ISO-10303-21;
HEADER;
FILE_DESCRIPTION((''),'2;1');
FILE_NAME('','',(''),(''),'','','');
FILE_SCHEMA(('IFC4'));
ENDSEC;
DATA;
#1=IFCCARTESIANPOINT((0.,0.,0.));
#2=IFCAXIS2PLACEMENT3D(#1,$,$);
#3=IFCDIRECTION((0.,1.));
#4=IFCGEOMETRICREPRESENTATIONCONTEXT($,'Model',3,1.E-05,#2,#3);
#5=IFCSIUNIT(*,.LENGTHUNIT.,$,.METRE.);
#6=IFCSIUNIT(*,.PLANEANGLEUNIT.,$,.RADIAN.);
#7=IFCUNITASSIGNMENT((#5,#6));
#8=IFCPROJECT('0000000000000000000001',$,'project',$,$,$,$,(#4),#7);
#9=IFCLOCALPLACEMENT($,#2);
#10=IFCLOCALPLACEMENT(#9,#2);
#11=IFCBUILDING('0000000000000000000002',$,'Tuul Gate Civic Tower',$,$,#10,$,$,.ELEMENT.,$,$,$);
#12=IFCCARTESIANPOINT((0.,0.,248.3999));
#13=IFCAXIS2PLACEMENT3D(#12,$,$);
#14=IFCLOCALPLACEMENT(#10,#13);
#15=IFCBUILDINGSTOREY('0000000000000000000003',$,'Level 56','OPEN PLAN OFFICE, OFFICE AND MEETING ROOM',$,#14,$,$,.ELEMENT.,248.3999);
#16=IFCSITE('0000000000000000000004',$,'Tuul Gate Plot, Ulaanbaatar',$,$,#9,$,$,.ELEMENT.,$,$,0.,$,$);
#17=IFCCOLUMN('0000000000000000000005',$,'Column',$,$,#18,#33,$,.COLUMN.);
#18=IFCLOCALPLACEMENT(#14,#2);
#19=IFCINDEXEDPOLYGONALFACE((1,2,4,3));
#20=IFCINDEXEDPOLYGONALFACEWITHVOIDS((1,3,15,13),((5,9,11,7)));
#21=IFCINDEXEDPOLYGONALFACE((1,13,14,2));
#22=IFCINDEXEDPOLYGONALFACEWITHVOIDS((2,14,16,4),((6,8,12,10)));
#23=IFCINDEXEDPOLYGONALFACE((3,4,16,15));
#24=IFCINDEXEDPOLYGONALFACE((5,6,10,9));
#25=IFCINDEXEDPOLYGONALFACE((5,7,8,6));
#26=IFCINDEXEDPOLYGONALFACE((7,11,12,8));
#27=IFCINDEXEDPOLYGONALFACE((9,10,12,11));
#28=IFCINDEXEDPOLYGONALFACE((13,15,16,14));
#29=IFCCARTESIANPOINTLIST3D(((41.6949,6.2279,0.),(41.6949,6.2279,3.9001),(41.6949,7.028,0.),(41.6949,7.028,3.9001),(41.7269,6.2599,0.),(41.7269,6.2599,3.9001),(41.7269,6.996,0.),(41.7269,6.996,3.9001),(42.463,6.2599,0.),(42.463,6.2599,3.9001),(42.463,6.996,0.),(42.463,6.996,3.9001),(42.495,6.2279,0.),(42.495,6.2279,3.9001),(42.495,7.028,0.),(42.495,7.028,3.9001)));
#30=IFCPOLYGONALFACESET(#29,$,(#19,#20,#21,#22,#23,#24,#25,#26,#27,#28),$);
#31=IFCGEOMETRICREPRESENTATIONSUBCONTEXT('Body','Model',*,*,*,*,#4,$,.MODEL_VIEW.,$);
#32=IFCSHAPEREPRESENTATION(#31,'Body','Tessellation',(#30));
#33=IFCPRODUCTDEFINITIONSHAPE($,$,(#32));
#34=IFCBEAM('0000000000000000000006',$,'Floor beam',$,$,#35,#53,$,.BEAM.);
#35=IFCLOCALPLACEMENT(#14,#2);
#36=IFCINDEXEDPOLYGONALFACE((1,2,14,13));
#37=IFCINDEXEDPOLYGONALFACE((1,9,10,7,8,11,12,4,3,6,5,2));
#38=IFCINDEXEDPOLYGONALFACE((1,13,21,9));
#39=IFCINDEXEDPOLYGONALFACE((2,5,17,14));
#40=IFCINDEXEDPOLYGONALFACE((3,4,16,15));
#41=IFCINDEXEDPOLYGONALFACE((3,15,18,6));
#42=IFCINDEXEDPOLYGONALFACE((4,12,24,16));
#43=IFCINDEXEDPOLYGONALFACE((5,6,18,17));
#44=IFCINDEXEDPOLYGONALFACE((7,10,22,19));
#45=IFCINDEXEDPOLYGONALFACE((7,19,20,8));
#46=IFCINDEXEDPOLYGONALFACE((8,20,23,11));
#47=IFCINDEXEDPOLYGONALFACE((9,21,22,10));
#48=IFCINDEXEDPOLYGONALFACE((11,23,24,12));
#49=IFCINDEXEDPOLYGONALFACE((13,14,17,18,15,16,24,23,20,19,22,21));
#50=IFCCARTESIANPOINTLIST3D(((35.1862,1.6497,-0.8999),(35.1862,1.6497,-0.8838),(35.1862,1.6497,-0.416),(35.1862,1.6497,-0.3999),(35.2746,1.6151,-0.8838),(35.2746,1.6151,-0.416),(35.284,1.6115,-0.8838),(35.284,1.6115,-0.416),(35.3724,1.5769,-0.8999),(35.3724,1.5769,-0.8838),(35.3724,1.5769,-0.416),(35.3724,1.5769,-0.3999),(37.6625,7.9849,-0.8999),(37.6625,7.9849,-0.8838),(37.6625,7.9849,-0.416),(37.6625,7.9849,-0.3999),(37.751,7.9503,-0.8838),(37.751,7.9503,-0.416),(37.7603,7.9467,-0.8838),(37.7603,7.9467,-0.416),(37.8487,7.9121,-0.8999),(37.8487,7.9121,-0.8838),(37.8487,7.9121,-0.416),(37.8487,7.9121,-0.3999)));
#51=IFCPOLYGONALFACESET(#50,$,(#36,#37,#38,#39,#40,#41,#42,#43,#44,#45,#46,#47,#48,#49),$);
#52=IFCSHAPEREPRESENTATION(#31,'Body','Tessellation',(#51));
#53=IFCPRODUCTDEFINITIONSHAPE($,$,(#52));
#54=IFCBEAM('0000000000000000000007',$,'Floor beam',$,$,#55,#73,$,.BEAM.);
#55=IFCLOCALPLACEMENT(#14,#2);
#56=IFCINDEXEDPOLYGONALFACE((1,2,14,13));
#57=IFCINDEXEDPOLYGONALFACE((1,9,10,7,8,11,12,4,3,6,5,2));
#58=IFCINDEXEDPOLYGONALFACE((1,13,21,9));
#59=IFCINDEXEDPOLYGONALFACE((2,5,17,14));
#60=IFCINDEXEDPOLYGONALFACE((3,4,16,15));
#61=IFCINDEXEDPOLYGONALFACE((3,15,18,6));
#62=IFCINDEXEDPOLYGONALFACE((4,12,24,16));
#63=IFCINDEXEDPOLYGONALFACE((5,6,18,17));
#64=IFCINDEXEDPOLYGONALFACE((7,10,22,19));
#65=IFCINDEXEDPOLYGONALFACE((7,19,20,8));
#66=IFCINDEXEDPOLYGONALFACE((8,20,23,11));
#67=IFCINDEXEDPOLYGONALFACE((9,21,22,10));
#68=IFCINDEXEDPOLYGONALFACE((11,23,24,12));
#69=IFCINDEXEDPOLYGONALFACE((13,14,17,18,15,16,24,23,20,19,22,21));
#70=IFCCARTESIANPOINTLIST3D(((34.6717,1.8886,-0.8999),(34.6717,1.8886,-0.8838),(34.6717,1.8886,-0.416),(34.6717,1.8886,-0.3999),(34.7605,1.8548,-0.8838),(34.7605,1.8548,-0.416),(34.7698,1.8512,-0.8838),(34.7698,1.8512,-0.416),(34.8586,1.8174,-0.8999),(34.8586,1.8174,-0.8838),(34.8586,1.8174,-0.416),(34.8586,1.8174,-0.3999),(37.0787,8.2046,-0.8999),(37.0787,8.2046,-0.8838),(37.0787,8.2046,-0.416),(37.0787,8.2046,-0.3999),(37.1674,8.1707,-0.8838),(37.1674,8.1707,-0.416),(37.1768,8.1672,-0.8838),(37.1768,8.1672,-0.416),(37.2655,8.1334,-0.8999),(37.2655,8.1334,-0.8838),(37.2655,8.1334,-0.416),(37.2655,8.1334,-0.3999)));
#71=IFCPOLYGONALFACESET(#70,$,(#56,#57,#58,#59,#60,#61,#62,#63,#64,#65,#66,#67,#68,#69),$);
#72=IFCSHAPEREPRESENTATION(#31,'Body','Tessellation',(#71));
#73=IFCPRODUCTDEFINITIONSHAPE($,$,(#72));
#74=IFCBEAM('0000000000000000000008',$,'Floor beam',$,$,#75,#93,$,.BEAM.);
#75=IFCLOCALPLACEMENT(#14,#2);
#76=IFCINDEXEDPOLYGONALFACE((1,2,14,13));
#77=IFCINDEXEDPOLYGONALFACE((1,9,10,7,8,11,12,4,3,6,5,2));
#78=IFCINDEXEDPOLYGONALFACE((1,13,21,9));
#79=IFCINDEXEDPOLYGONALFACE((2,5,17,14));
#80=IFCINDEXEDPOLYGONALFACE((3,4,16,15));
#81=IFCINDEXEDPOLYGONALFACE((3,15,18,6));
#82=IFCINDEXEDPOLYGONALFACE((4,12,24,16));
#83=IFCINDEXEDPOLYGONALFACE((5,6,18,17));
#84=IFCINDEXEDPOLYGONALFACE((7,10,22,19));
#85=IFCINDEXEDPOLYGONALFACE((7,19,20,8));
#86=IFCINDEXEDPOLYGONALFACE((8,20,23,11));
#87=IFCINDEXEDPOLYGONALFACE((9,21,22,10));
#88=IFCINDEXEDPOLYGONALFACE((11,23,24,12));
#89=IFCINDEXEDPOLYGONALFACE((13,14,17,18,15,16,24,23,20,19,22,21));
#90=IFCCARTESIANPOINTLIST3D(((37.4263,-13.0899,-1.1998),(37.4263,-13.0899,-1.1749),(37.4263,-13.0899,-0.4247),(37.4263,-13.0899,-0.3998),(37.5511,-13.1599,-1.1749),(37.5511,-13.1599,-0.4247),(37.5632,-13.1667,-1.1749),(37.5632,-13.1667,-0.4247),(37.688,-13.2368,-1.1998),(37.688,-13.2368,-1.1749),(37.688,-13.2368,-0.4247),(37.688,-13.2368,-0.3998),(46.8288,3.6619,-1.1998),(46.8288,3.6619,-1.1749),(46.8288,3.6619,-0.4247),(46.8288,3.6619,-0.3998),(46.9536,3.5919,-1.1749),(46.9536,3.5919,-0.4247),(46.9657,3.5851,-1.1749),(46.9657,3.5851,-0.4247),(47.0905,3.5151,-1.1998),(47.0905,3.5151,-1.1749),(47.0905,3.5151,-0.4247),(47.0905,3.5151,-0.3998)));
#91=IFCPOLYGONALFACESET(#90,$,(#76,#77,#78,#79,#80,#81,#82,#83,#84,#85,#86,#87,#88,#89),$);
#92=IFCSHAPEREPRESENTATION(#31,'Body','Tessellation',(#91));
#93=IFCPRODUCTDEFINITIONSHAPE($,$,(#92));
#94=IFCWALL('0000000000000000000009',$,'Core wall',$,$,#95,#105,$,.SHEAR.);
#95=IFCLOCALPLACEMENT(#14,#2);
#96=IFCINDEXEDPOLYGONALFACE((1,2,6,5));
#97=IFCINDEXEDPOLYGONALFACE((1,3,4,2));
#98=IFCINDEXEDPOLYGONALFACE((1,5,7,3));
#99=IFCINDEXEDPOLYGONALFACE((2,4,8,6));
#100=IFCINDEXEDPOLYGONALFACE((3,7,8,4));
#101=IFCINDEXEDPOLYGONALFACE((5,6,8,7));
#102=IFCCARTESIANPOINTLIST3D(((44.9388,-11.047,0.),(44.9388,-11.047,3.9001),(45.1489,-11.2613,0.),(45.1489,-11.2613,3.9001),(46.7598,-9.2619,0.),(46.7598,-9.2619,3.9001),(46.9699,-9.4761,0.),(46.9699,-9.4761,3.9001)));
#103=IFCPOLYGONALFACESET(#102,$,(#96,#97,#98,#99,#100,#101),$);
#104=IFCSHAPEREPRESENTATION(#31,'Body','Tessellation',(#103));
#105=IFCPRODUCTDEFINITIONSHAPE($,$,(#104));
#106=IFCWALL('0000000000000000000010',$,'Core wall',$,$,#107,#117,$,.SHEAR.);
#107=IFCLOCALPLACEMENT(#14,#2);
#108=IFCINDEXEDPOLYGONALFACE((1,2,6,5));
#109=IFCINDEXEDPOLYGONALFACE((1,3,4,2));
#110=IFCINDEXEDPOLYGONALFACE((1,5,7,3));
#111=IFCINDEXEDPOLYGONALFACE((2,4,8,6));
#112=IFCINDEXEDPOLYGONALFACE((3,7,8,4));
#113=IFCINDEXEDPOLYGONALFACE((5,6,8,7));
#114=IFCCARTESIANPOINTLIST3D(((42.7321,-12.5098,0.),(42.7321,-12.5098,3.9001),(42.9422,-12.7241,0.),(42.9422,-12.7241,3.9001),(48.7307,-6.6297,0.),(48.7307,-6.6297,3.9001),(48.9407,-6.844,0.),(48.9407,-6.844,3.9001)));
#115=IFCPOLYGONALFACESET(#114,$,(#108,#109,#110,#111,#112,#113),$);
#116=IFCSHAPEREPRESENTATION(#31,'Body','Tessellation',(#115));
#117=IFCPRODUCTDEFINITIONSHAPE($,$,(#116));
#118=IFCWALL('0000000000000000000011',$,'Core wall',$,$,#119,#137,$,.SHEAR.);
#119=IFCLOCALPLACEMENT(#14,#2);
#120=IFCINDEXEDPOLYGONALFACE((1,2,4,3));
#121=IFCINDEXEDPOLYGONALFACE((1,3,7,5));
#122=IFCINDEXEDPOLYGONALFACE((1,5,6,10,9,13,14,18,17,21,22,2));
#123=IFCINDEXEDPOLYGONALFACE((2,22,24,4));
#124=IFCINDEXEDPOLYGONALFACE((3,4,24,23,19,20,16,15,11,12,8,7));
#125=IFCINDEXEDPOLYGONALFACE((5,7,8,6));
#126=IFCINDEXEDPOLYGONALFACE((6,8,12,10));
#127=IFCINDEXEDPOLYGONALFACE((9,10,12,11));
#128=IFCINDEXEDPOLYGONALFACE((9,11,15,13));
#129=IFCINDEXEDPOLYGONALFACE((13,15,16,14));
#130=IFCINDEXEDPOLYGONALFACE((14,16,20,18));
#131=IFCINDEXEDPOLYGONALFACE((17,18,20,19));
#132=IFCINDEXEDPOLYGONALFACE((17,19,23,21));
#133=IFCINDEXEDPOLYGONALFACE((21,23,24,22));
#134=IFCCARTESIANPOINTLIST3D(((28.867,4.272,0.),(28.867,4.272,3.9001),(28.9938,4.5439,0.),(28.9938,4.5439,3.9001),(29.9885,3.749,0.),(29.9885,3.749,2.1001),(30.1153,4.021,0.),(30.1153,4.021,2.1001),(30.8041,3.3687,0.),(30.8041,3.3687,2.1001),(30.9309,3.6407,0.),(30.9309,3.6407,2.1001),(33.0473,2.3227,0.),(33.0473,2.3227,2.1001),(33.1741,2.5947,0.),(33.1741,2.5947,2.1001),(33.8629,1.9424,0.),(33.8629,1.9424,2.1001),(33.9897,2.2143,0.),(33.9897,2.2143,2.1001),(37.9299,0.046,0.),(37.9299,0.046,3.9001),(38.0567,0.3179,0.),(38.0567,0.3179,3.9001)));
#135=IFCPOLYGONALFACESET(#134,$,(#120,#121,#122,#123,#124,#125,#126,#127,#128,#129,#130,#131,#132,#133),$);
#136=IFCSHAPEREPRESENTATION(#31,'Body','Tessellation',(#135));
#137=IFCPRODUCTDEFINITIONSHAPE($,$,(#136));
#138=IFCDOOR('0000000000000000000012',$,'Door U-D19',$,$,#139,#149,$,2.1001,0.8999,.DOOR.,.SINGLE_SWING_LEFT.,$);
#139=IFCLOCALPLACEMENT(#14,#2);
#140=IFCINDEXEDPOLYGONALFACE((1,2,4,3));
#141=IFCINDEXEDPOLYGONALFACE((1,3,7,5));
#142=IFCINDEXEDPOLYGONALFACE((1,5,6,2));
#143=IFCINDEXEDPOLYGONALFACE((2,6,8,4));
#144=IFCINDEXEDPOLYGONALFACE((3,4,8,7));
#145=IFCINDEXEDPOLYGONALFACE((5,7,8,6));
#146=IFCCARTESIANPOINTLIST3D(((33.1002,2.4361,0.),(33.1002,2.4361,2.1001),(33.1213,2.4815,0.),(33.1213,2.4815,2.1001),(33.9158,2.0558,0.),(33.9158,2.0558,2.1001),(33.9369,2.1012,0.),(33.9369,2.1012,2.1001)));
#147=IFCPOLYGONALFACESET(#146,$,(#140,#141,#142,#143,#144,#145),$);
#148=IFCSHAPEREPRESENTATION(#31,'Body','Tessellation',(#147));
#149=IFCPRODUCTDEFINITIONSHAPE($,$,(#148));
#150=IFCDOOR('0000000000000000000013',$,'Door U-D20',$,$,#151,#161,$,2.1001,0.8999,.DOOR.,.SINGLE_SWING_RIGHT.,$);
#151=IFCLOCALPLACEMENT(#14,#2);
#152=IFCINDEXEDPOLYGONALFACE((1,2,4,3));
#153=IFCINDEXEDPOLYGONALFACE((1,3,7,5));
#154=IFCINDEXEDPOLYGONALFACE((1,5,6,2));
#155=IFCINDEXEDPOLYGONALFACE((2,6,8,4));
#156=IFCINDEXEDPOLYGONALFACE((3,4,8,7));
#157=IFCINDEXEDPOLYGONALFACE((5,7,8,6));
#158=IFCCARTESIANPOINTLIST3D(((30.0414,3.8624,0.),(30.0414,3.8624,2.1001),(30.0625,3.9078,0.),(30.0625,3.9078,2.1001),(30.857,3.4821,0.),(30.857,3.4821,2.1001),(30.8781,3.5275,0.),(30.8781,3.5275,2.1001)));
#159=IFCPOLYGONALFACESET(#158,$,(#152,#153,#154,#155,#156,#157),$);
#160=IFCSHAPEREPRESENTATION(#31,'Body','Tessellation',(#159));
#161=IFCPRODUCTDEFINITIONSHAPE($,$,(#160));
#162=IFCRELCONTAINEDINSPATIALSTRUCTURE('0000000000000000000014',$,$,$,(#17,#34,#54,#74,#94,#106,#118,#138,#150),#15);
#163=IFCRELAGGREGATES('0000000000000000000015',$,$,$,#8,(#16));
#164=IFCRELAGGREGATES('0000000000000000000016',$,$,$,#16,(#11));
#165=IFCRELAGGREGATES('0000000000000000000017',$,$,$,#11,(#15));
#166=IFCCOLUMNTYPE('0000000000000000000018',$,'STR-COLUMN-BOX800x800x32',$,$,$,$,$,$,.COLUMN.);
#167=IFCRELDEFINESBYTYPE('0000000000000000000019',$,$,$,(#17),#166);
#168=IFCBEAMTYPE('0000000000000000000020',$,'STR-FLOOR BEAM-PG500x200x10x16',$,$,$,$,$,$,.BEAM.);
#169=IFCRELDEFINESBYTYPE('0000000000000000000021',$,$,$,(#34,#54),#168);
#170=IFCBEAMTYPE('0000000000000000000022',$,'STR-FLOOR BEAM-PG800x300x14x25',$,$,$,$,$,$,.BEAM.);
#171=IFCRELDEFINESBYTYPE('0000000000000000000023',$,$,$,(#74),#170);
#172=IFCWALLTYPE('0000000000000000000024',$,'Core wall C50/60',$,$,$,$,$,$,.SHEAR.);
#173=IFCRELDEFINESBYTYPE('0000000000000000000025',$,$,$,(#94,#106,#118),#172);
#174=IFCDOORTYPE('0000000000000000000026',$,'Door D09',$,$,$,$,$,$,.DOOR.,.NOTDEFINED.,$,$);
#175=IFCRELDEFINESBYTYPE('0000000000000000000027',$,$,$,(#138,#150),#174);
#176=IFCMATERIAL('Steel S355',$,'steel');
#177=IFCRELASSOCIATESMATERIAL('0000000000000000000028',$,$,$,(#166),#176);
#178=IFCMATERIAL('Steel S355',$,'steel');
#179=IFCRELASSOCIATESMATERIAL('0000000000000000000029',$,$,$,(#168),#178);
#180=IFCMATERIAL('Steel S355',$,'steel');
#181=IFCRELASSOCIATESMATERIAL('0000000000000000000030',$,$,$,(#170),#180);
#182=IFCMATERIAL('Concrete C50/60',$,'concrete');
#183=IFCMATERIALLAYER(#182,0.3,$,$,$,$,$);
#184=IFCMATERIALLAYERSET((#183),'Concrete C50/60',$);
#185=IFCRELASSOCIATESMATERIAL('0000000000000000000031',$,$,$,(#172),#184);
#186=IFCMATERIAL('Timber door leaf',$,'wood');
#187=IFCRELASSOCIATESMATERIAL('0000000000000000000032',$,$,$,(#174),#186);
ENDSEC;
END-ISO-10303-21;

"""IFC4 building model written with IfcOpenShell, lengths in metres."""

from ifc_helpers import new_model, si_unit, direction, frame, frame_2d, origin, origin_2d, place, context, subcontext, project, spatial, rectangle, hollow_rectangle, i_section, extrude, material, layer, layer_set, material_profile, profile_set, type_object, element, fill, save


model = new_model("IFC4")

# Units and contexts
model_context = context("Model", 3, precision=1e-05, world=origin(), true_north=direction((0.0, 1.0)))
body_context = subcontext(model_context, "Body", "Model", "MODEL_VIEW")
ifc_project = project(units=[si_unit("LENGTHUNIT", "METRE"), si_unit("PLANEANGLEUNIT", "RADIAN")], contexts=[model_context])

# Site, building, storey
site_placement = place(None, origin())
site = spatial("IfcSite", under=ifc_project, at=site_placement, Name="Tuul Gate Plot, Ulaanbaatar", CompositionType="ELEMENT", RefElevation=0.0)
building_placement = place(site_placement, origin())
building = spatial("IfcBuilding", under=site, at=building_placement, Name="Tuul Gate Civic Tower", CompositionType="ELEMENT")
storey_placement = place(building_placement, frame((0.0, 0.0, 248.3999)))
storey = spatial("IfcBuildingStorey", under=building, at=storey_placement, Name="Level 56", Description="OPEN PLAN OFFICE, OFFICE AND MEETING ROOM", CompositionType="ELEMENT", Elevation=248.3999)

# Column
ifc_material_1 = material(Name="Steel S355", Category="steel")
ifc_material_profile_1 = material_profile(ifc_material_1, hollow_rectangle(XDim=0.8, YDim=0.8, WallThickness=0.032, at=origin_2d()), Name="BOX800x800x32")
ifc_profile_set_1 = profile_set([ifc_material_profile_1], Name="Steel S355")
column_type = type_object("IfcColumnType", Name="STR-COLUMN-BOX800x800x32", PredefinedType="COLUMN", material=ifc_profile_set_1)
column_placement = place(storey_placement, frame((42.095, 6.6279, 0.0), z_axis=(0.0, 0.0, 1.0), x_axis=(1.0, 0.0, 0.0)))
element("IfcColumn", 1, at=column_placement, inside=storey, type_object=column_type, Name="Column", PredefinedType="COLUMN", context=body_context, shape_type="SweptSolid", body=[
    extrude(hollow_rectangle(XDim=0.8, YDim=0.8, WallThickness=0.032, at=origin_2d()), origin(), (0.0, 0.0, 1.0), 3.9001),
])

# Beams
ifc_material_2 = material(Name="Steel S355", Category="steel")
ifc_material_profile_2 = material_profile(ifc_material_2, i_section(OverallWidth=0.2, OverallDepth=0.5, WebThickness=0.01, FlangeThickness=0.0161, at=origin_2d()), Name="PG500x200x10x16")
ifc_profile_set_2 = profile_set([ifc_material_profile_2], Name="Steel S355")
beam_type_1 = type_object("IfcBeamType", Name="STR-FLOOR BEAM-PG500x200x10x16", PredefinedType="BEAM", material=ifc_profile_set_2)
beam_1_placement = place(storey_placement, frame((35.2793, 1.6133, -0.6499), z_axis=(0.364058, 0.931376, 0.0), x_axis=(-0.931376, 0.364058, 0.0)))
element("IfcBeam", 2, at=beam_1_placement, inside=storey, type_object=beam_type_1, Name="Floor beam", PredefinedType="BEAM", context=body_context, shape_type="SweptSolid", body=[
    extrude(i_section(OverallWidth=0.2, OverallDepth=0.5, WebThickness=0.01, FlangeThickness=0.0161, at=origin_2d()), origin(), (0.0, 0.0, 1.0), 6.802),
])
beam_2_placement = place(storey_placement, frame((34.7651, 1.853, -0.6499), z_axis=(0.356114, 0.934443, 0.0), x_axis=(-0.934443, 0.356114, 0.0)))
element("IfcBeam", 3, at=beam_2_placement, inside=storey, type_object=beam_type_1, Name="Floor beam", PredefinedType="BEAM", context=body_context, shape_type="SweptSolid", body=[
    extrude(i_section(OverallWidth=0.2, OverallDepth=0.5, WebThickness=0.01, FlangeThickness=0.0161, at=origin_2d()), origin(), (0.0, 0.0, 1.0), 6.759),
])
ifc_material_3 = material(Name="Steel S355", Category="steel")
ifc_material_profile_3 = material_profile(ifc_material_3, i_section(OverallWidth=0.3, OverallDepth=0.8, WebThickness=0.0139, FlangeThickness=0.0249, at=origin_2d()), Name="PG800x300x14x25")
ifc_profile_set_3 = profile_set([ifc_material_profile_3], Name="Steel S355")
beam_type_2 = type_object("IfcBeamType", Name="STR-FLOOR BEAM-PG800x300x14x25", PredefinedType="BEAM", material=ifc_profile_set_3)
beam_3_placement = place(storey_placement, frame((37.5571, -13.1633, -0.7998), z_axis=(0.489455, 0.872029, 0.0), x_axis=(-0.872029, 0.489455, 0.0)))
element("IfcBeam", 4, at=beam_3_placement, inside=storey, type_object=beam_type_2, Name="Floor beam", PredefinedType="BEAM", context=body_context, shape_type="SweptSolid", body=[
    extrude(i_section(OverallWidth=0.3, OverallDepth=0.8, WebThickness=0.0139, FlangeThickness=0.0249, at=origin_2d()), origin(), (0.0, 0.0, 1.0), 19.2102),
])

# Walls
ifc_material_4 = material(Name="Concrete C50/60", Category="concrete")
ifc_layer_1 = layer(ifc_material_4, 0.3)
ifc_layer_set_1 = layer_set([ifc_layer_1], Name="Concrete C50/60")
wall_type_1 = type_object("IfcWallType", Name="Core wall C50/60", PredefinedType="SHEAR", material=ifc_layer_set_1)
wall_1_placement = place(storey_placement, frame((45.0439, -11.1541, 0.0), z_axis=(0.0, 0.0, 1.0), x_axis=(0.714108, 0.700035, 0.0)))
element("IfcWall", 5, at=wall_1_placement, inside=storey, type_object=wall_type_1, Name="Core wall", PredefinedType="SHEAR", context=body_context, shape_type="SweptSolid", body=[
    extrude(rectangle(XDim=2.55, YDim=0.3, at=frame_2d((1.2749, 0.0))), origin(), (0.0, 0.0, 1.0), 3.9001),
])
wall_2_placement = place(storey_placement, frame((42.8372, -12.6169, 0.0), z_axis=(0.0, 0.0, 1.0), x_axis=(0.71412, 0.700023, 0.0)))
element("IfcWall", 6, at=wall_2_placement, inside=storey, type_object=wall_type_1, Name="Core wall", PredefinedType="SHEAR", context=body_context, shape_type="SweptSolid", body=[
    extrude(rectangle(XDim=8.3999, YDim=0.3, at=frame_2d((4.2, 0.0))), origin(), (0.0, 0.0, 1.0), 3.9001),
])

# Wall, openings, doors
wall_3_placement = place(storey_placement, frame((37.9934, 0.1819, 0.0), z_axis=(0.0, 0.0, 1.0), x_axis=(-0.90631, 0.422613, 0.0)))
wall_3 = element("IfcWall", 7, at=wall_3_placement, inside=storey, type_object=wall_type_1, Name="Core wall", PredefinedType="SHEAR", context=body_context, shape_type="SweptSolid", body=[
    extrude(rectangle(XDim=9.9998, YDim=0.3, at=frame_2d((5.0, 0.0))), origin(), (0.0, 0.0, 1.0), 3.9001),
])
opening_1_placement = place(wall_3_placement, frame((4.4875, 0.0, 0.0)))
opening_1 = element("IfcOpeningElement", 8, at=opening_1_placement, cuts=wall_3, PredefinedType="OPENING", context=body_context, shape_type="SweptSolid", body=[
    extrude(rectangle(XDim=0.8999, YDim=2.1001, at=frame_2d((0.45, 1.05))), frame((0.0, 0.1602, 0.0), z_axis=(0.0, -1.0, 0.0), x_axis=(1.0, 0.0, 0.0)), (0.0, 0.0, 1.0), 0.3201),
])
opening_2_placement = place(wall_3_placement, frame((7.8625, 0.0, 0.0)))
opening_2 = element("IfcOpeningElement", 9, at=opening_2_placement, cuts=wall_3, PredefinedType="OPENING", context=body_context, shape_type="SweptSolid", body=[
    extrude(rectangle(XDim=0.8999, YDim=2.1001, at=frame_2d((0.45, 1.05))), frame((0.0, 0.1602, 0.0), z_axis=(0.0, -1.0, 0.0), x_axis=(1.0, 0.0, 0.0)), (0.0, 0.0, 1.0), 0.3201),
])
ifc_material_5 = material(Name="Timber door leaf", Category="wood")
door_type = type_object("IfcDoorType", Name="Door D09", OperationType="NOTDEFINED", PredefinedType="DOOR", material=ifc_material_5)
door_1_placement = place(opening_1_placement, origin())
door_1 = element("IfcDoor", 10, at=door_1_placement, inside=storey, type_object=door_type, Name="Door U-D19", OperationType="SINGLE_SWING_LEFT", OverallHeight=2.1001, OverallWidth=0.8999, PredefinedType="DOOR", context=body_context, shape_type="SweptSolid", body=[
    extrude(rectangle(XDim=0.8999, YDim=2.1001, at=frame_2d((0.45, 1.05))), frame((0.0, 0.0249, 0.0), z_axis=(0.0, -1.0, 0.0), x_axis=(1.0, 0.0, 0.0)), (0.0, 0.0, 1.0), 0.05),
])
fill(opening_1, door_1)
door_2_placement = place(opening_2_placement, origin())
door_2 = element("IfcDoor", 11, at=door_2_placement, inside=storey, type_object=door_type, Name="Door U-D20", OperationType="SINGLE_SWING_RIGHT", OverallHeight=2.1001, OverallWidth=0.8999, PredefinedType="DOOR", context=body_context, shape_type="SweptSolid", body=[
    extrude(rectangle(XDim=0.8999, YDim=2.1001, at=frame_2d((0.45, 1.05))), frame((0.0, 0.0249, 0.0), z_axis=(0.0, -1.0, 0.0), x_axis=(1.0, 0.0, 0.0)), (0.0, 0.0, 1.0), 0.05),
])
fill(opening_2, door_2)

save(model, "model.ifc")
